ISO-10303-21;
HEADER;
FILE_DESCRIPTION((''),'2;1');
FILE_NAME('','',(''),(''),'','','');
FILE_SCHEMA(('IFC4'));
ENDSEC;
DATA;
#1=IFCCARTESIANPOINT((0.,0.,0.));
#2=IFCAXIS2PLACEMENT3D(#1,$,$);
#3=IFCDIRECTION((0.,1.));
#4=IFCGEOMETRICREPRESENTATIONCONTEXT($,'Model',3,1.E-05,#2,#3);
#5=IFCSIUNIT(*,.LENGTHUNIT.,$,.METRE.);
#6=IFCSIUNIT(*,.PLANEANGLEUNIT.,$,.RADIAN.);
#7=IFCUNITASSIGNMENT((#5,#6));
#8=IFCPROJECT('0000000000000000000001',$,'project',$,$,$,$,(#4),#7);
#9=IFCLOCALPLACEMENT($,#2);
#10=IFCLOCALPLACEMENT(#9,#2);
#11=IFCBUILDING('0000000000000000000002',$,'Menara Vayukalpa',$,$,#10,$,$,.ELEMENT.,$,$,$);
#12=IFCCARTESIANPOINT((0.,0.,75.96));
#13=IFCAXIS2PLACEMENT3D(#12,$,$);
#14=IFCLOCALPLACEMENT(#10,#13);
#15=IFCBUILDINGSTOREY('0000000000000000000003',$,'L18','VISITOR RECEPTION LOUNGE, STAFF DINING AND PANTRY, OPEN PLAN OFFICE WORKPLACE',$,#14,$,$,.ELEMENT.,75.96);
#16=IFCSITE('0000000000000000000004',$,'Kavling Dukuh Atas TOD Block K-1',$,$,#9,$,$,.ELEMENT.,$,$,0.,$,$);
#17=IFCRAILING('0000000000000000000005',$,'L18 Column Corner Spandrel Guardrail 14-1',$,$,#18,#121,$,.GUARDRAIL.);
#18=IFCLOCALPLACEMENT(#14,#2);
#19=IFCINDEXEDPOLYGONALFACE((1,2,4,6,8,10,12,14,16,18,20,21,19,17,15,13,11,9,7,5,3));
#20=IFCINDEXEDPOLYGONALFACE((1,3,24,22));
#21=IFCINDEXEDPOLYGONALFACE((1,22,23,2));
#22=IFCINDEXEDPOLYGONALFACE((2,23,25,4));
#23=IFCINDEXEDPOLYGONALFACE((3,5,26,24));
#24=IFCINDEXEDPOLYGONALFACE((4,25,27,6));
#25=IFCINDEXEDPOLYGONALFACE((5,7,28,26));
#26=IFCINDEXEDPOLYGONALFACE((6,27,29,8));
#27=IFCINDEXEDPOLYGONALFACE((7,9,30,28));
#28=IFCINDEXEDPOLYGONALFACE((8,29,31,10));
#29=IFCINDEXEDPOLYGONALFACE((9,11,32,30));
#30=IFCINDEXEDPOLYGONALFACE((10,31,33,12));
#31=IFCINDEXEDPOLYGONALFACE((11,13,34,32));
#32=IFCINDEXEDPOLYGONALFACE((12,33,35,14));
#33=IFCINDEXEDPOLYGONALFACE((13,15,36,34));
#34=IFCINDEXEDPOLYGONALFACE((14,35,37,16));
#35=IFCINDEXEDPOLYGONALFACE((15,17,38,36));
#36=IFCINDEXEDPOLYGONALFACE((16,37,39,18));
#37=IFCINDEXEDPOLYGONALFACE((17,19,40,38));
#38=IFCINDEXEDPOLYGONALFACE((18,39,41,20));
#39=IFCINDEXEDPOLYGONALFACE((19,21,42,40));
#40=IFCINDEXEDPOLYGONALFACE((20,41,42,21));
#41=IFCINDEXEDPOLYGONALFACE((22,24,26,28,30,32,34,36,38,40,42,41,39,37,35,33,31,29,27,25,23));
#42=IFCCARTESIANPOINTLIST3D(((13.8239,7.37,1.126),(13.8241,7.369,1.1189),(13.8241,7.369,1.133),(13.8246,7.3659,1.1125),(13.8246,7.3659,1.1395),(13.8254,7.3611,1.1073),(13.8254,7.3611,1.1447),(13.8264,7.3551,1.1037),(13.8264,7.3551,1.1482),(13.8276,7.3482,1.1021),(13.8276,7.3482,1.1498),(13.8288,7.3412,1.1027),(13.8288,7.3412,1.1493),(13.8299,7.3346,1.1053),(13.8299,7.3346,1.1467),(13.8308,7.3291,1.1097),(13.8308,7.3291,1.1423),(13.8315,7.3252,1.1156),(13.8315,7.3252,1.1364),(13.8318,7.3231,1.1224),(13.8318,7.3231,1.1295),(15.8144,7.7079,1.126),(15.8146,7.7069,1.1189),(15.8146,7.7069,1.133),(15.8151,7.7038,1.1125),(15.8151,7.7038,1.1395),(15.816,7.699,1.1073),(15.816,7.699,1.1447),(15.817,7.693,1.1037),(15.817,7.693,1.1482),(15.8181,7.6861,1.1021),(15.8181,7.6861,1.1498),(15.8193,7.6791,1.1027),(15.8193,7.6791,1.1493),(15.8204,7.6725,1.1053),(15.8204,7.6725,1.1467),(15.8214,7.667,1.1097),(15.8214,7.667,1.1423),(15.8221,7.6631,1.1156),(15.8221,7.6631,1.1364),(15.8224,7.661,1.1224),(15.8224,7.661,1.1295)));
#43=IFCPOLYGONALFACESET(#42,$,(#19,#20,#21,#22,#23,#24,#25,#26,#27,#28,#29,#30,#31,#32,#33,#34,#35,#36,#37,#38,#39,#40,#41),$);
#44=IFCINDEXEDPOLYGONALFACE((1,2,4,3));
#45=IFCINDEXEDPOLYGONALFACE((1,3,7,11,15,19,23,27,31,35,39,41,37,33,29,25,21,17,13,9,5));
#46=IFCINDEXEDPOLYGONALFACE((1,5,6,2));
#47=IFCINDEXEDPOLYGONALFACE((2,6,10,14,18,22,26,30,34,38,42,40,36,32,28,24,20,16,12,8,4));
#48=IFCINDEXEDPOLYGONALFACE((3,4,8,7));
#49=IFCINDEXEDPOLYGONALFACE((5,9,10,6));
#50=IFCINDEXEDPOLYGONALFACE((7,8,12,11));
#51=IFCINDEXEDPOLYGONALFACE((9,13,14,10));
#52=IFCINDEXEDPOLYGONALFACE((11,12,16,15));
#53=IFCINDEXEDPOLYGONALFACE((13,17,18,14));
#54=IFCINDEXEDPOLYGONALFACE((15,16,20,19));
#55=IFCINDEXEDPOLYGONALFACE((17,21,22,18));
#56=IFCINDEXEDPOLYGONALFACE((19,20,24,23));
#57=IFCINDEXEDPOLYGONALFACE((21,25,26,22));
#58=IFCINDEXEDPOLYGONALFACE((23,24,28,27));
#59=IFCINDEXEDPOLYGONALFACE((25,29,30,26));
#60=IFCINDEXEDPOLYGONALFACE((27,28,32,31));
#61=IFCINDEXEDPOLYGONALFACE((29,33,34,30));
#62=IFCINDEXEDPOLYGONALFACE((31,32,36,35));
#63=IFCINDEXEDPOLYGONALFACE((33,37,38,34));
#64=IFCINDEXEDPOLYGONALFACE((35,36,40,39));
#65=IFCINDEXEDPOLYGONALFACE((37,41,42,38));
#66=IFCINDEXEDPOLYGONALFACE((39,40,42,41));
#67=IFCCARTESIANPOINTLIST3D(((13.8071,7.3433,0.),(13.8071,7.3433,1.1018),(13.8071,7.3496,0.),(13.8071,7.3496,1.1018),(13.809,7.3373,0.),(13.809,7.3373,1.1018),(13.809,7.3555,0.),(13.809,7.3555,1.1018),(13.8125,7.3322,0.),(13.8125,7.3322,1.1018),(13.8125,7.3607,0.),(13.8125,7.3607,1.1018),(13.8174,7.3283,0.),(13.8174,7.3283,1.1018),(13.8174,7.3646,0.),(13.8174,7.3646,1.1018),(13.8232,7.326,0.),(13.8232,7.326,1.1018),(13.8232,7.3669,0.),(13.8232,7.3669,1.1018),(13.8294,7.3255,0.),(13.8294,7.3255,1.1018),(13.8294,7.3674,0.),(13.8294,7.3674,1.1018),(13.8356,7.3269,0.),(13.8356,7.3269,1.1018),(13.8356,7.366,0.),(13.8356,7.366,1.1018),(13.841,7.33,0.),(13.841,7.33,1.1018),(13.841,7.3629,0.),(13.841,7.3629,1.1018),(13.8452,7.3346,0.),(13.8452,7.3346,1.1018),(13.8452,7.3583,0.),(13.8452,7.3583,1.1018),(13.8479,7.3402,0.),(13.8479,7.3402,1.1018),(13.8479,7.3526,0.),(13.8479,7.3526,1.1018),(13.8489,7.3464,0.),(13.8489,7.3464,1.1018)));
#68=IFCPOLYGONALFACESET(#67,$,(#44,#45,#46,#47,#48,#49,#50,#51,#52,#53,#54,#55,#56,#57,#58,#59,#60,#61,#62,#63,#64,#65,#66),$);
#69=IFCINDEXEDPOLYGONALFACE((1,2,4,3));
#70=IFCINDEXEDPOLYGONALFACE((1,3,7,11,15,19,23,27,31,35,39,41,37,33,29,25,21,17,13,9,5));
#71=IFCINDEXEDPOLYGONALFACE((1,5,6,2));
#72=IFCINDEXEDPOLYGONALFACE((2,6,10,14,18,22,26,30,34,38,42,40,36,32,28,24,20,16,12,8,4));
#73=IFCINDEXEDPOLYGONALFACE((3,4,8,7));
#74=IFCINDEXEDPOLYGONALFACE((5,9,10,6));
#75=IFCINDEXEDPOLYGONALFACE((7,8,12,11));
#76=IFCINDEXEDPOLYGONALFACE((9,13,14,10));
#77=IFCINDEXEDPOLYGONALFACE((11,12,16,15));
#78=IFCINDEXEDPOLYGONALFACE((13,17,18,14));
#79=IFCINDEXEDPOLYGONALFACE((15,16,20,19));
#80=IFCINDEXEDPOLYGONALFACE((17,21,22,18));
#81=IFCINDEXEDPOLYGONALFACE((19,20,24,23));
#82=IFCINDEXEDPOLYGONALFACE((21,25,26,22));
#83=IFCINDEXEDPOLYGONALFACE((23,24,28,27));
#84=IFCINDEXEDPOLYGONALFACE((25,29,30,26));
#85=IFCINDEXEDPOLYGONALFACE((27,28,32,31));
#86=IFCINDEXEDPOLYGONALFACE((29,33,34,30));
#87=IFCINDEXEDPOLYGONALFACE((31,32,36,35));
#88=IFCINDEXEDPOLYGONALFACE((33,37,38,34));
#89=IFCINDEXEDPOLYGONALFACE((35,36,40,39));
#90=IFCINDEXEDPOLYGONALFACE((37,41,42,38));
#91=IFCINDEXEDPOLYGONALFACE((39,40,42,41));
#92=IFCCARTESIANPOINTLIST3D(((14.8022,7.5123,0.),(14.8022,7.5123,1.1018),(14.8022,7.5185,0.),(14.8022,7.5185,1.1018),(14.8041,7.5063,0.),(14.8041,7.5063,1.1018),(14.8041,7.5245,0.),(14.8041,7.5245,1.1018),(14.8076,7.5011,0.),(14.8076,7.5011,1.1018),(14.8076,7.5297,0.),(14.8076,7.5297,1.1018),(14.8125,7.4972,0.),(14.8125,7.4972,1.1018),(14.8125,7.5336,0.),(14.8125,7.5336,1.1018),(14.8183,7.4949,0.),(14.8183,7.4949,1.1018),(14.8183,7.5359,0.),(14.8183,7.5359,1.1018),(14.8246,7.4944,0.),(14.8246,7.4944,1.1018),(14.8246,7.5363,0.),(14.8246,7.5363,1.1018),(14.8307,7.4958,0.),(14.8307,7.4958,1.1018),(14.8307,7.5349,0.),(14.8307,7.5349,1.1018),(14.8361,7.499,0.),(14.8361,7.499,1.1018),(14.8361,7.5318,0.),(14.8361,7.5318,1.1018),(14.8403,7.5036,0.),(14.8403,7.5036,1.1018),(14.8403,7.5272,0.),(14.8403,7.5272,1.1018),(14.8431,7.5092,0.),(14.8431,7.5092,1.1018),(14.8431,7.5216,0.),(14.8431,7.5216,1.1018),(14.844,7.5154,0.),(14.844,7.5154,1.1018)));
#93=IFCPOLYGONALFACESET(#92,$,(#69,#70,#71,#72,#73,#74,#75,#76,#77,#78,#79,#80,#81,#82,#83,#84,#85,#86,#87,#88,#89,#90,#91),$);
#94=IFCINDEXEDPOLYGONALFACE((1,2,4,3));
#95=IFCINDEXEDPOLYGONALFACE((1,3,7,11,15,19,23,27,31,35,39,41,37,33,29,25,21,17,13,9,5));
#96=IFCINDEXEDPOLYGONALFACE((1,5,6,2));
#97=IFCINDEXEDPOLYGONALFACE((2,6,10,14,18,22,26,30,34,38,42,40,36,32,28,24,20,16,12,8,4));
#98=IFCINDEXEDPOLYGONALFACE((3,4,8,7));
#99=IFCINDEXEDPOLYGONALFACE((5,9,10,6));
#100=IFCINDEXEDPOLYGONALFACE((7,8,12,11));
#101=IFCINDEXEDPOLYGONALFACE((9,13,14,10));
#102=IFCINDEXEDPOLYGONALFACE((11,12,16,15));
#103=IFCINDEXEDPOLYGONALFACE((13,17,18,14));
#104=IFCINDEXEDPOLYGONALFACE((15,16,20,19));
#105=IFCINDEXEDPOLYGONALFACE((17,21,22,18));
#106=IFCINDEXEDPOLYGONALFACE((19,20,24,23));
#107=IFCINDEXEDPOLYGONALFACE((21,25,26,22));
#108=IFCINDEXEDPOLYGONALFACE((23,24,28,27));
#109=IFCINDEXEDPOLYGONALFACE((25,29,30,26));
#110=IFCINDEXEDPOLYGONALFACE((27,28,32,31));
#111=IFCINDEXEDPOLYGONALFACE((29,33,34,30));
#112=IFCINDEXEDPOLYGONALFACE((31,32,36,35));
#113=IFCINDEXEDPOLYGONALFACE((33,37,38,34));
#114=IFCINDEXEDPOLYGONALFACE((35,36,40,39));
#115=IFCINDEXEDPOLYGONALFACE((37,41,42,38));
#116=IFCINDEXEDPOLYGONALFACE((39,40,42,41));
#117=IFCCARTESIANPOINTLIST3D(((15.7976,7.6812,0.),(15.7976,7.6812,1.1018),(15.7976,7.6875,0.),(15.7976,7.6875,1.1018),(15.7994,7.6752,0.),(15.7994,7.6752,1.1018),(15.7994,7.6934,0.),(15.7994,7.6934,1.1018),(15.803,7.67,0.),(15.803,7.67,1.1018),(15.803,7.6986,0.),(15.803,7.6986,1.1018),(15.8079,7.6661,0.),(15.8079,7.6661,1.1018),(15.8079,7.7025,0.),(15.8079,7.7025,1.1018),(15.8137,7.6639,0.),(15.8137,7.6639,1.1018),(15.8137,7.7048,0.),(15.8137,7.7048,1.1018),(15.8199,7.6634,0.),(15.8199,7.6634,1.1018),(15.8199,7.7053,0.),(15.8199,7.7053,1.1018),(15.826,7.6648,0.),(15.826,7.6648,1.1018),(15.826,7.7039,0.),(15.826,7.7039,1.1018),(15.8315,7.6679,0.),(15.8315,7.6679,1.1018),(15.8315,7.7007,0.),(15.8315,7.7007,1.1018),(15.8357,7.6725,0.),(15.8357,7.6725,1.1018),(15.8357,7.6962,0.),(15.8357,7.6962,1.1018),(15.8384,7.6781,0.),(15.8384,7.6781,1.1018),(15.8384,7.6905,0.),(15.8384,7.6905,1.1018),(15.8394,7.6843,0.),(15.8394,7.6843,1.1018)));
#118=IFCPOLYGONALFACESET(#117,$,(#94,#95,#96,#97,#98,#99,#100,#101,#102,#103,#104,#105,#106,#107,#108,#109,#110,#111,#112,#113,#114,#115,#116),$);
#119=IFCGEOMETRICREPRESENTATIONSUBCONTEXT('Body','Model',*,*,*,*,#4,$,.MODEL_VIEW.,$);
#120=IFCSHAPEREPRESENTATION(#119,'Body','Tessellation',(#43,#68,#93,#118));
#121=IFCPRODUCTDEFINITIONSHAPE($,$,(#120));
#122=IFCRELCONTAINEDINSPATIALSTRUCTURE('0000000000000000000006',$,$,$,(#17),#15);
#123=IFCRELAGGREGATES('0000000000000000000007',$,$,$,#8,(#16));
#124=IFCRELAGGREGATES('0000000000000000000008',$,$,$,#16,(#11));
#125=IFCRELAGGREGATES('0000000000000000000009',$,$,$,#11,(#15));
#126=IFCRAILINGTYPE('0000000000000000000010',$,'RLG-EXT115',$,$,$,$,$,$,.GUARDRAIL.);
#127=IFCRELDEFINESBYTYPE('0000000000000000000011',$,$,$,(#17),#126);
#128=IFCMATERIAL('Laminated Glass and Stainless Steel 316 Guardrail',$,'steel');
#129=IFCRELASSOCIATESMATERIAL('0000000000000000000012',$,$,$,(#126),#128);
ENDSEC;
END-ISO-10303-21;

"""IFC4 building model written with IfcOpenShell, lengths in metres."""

from ifc_helpers import new_model, si_unit, direction, frame, origin, origin_2d, place, context, subcontext, project, spatial, circle, extrude, material, type_object, element, save


model = new_model("IFC4")

# Units and contexts
model_context = context("Model", 3, precision=1e-05, world=origin(), true_north=direction((0.0, 1.0)))
body_context = subcontext(model_context, "Body", "Model", "MODEL_VIEW")
ifc_project = project(units=[si_unit("LENGTHUNIT", "METRE"), si_unit("PLANEANGLEUNIT", "RADIAN")], contexts=[model_context])

# Site, building, storey
site_placement = place(None, origin())
site = spatial("IfcSite", under=ifc_project, at=site_placement, Name="Kavling Dukuh Atas TOD Block K-1", CompositionType="ELEMENT", RefElevation=0.0)
building_placement = place(site_placement, origin())
building = spatial("IfcBuilding", under=site, at=building_placement, Name="Menara Vayukalpa", CompositionType="ELEMENT")
storey_placement = place(building_placement, frame((0.0, 0.0, 75.96)))
storey = spatial("IfcBuildingStorey", under=building, at=storey_placement, Name="L18", Description="VISITOR RECEPTION LOUNGE, STAFF DINING AND PANTRY, OPEN PLAN OFFICE WORKPLACE", CompositionType="ELEMENT", Elevation=75.96)

# Railing
ifc_material_1 = material(Name="Laminated Glass and Stainless Steel 316 Guardrail", Category="steel")
railing_type = type_object("IfcRailingType", Name="RLG-EXT115", PredefinedType="GUARDRAIL", material=ifc_material_1)
railing_1_placement = place(storey_placement, frame((13.8279, 7.3464, 0.0)))
element("IfcRailing", 1, at=railing_1_placement, inside=storey, type_object=railing_type, Name="L18 Column Corner Spandrel Guardrail 14-1", PredefinedType="GUARDRAIL", context=body_context, shape_type="SweptSolid", body=[
    extrude(circle(Radius=0.0239, at=origin_2d()), frame((0.0, 0.0, 1.126), z_axis=(0.985896, 0.167359, 0.0), x_axis=(-0.167359, 0.985896, 0.0)), (0.0, 0.0, 1.0), 2.019),
    extrude(circle(Radius=0.021, at=origin_2d()), origin(), (0.0, 0.0, 1.0), 1.1018),
    extrude(circle(Radius=0.021, at=origin_2d()), frame((0.9951, 0.1689, 0.0)), (0.0, 0.0, 1.0), 1.1018),
    extrude(circle(Radius=0.021, at=origin_2d()), frame((1.9905, 0.3379, 0.0)), (0.0, 0.0, 1.0), 1.1018),
])

save(model, "model.ifc")
